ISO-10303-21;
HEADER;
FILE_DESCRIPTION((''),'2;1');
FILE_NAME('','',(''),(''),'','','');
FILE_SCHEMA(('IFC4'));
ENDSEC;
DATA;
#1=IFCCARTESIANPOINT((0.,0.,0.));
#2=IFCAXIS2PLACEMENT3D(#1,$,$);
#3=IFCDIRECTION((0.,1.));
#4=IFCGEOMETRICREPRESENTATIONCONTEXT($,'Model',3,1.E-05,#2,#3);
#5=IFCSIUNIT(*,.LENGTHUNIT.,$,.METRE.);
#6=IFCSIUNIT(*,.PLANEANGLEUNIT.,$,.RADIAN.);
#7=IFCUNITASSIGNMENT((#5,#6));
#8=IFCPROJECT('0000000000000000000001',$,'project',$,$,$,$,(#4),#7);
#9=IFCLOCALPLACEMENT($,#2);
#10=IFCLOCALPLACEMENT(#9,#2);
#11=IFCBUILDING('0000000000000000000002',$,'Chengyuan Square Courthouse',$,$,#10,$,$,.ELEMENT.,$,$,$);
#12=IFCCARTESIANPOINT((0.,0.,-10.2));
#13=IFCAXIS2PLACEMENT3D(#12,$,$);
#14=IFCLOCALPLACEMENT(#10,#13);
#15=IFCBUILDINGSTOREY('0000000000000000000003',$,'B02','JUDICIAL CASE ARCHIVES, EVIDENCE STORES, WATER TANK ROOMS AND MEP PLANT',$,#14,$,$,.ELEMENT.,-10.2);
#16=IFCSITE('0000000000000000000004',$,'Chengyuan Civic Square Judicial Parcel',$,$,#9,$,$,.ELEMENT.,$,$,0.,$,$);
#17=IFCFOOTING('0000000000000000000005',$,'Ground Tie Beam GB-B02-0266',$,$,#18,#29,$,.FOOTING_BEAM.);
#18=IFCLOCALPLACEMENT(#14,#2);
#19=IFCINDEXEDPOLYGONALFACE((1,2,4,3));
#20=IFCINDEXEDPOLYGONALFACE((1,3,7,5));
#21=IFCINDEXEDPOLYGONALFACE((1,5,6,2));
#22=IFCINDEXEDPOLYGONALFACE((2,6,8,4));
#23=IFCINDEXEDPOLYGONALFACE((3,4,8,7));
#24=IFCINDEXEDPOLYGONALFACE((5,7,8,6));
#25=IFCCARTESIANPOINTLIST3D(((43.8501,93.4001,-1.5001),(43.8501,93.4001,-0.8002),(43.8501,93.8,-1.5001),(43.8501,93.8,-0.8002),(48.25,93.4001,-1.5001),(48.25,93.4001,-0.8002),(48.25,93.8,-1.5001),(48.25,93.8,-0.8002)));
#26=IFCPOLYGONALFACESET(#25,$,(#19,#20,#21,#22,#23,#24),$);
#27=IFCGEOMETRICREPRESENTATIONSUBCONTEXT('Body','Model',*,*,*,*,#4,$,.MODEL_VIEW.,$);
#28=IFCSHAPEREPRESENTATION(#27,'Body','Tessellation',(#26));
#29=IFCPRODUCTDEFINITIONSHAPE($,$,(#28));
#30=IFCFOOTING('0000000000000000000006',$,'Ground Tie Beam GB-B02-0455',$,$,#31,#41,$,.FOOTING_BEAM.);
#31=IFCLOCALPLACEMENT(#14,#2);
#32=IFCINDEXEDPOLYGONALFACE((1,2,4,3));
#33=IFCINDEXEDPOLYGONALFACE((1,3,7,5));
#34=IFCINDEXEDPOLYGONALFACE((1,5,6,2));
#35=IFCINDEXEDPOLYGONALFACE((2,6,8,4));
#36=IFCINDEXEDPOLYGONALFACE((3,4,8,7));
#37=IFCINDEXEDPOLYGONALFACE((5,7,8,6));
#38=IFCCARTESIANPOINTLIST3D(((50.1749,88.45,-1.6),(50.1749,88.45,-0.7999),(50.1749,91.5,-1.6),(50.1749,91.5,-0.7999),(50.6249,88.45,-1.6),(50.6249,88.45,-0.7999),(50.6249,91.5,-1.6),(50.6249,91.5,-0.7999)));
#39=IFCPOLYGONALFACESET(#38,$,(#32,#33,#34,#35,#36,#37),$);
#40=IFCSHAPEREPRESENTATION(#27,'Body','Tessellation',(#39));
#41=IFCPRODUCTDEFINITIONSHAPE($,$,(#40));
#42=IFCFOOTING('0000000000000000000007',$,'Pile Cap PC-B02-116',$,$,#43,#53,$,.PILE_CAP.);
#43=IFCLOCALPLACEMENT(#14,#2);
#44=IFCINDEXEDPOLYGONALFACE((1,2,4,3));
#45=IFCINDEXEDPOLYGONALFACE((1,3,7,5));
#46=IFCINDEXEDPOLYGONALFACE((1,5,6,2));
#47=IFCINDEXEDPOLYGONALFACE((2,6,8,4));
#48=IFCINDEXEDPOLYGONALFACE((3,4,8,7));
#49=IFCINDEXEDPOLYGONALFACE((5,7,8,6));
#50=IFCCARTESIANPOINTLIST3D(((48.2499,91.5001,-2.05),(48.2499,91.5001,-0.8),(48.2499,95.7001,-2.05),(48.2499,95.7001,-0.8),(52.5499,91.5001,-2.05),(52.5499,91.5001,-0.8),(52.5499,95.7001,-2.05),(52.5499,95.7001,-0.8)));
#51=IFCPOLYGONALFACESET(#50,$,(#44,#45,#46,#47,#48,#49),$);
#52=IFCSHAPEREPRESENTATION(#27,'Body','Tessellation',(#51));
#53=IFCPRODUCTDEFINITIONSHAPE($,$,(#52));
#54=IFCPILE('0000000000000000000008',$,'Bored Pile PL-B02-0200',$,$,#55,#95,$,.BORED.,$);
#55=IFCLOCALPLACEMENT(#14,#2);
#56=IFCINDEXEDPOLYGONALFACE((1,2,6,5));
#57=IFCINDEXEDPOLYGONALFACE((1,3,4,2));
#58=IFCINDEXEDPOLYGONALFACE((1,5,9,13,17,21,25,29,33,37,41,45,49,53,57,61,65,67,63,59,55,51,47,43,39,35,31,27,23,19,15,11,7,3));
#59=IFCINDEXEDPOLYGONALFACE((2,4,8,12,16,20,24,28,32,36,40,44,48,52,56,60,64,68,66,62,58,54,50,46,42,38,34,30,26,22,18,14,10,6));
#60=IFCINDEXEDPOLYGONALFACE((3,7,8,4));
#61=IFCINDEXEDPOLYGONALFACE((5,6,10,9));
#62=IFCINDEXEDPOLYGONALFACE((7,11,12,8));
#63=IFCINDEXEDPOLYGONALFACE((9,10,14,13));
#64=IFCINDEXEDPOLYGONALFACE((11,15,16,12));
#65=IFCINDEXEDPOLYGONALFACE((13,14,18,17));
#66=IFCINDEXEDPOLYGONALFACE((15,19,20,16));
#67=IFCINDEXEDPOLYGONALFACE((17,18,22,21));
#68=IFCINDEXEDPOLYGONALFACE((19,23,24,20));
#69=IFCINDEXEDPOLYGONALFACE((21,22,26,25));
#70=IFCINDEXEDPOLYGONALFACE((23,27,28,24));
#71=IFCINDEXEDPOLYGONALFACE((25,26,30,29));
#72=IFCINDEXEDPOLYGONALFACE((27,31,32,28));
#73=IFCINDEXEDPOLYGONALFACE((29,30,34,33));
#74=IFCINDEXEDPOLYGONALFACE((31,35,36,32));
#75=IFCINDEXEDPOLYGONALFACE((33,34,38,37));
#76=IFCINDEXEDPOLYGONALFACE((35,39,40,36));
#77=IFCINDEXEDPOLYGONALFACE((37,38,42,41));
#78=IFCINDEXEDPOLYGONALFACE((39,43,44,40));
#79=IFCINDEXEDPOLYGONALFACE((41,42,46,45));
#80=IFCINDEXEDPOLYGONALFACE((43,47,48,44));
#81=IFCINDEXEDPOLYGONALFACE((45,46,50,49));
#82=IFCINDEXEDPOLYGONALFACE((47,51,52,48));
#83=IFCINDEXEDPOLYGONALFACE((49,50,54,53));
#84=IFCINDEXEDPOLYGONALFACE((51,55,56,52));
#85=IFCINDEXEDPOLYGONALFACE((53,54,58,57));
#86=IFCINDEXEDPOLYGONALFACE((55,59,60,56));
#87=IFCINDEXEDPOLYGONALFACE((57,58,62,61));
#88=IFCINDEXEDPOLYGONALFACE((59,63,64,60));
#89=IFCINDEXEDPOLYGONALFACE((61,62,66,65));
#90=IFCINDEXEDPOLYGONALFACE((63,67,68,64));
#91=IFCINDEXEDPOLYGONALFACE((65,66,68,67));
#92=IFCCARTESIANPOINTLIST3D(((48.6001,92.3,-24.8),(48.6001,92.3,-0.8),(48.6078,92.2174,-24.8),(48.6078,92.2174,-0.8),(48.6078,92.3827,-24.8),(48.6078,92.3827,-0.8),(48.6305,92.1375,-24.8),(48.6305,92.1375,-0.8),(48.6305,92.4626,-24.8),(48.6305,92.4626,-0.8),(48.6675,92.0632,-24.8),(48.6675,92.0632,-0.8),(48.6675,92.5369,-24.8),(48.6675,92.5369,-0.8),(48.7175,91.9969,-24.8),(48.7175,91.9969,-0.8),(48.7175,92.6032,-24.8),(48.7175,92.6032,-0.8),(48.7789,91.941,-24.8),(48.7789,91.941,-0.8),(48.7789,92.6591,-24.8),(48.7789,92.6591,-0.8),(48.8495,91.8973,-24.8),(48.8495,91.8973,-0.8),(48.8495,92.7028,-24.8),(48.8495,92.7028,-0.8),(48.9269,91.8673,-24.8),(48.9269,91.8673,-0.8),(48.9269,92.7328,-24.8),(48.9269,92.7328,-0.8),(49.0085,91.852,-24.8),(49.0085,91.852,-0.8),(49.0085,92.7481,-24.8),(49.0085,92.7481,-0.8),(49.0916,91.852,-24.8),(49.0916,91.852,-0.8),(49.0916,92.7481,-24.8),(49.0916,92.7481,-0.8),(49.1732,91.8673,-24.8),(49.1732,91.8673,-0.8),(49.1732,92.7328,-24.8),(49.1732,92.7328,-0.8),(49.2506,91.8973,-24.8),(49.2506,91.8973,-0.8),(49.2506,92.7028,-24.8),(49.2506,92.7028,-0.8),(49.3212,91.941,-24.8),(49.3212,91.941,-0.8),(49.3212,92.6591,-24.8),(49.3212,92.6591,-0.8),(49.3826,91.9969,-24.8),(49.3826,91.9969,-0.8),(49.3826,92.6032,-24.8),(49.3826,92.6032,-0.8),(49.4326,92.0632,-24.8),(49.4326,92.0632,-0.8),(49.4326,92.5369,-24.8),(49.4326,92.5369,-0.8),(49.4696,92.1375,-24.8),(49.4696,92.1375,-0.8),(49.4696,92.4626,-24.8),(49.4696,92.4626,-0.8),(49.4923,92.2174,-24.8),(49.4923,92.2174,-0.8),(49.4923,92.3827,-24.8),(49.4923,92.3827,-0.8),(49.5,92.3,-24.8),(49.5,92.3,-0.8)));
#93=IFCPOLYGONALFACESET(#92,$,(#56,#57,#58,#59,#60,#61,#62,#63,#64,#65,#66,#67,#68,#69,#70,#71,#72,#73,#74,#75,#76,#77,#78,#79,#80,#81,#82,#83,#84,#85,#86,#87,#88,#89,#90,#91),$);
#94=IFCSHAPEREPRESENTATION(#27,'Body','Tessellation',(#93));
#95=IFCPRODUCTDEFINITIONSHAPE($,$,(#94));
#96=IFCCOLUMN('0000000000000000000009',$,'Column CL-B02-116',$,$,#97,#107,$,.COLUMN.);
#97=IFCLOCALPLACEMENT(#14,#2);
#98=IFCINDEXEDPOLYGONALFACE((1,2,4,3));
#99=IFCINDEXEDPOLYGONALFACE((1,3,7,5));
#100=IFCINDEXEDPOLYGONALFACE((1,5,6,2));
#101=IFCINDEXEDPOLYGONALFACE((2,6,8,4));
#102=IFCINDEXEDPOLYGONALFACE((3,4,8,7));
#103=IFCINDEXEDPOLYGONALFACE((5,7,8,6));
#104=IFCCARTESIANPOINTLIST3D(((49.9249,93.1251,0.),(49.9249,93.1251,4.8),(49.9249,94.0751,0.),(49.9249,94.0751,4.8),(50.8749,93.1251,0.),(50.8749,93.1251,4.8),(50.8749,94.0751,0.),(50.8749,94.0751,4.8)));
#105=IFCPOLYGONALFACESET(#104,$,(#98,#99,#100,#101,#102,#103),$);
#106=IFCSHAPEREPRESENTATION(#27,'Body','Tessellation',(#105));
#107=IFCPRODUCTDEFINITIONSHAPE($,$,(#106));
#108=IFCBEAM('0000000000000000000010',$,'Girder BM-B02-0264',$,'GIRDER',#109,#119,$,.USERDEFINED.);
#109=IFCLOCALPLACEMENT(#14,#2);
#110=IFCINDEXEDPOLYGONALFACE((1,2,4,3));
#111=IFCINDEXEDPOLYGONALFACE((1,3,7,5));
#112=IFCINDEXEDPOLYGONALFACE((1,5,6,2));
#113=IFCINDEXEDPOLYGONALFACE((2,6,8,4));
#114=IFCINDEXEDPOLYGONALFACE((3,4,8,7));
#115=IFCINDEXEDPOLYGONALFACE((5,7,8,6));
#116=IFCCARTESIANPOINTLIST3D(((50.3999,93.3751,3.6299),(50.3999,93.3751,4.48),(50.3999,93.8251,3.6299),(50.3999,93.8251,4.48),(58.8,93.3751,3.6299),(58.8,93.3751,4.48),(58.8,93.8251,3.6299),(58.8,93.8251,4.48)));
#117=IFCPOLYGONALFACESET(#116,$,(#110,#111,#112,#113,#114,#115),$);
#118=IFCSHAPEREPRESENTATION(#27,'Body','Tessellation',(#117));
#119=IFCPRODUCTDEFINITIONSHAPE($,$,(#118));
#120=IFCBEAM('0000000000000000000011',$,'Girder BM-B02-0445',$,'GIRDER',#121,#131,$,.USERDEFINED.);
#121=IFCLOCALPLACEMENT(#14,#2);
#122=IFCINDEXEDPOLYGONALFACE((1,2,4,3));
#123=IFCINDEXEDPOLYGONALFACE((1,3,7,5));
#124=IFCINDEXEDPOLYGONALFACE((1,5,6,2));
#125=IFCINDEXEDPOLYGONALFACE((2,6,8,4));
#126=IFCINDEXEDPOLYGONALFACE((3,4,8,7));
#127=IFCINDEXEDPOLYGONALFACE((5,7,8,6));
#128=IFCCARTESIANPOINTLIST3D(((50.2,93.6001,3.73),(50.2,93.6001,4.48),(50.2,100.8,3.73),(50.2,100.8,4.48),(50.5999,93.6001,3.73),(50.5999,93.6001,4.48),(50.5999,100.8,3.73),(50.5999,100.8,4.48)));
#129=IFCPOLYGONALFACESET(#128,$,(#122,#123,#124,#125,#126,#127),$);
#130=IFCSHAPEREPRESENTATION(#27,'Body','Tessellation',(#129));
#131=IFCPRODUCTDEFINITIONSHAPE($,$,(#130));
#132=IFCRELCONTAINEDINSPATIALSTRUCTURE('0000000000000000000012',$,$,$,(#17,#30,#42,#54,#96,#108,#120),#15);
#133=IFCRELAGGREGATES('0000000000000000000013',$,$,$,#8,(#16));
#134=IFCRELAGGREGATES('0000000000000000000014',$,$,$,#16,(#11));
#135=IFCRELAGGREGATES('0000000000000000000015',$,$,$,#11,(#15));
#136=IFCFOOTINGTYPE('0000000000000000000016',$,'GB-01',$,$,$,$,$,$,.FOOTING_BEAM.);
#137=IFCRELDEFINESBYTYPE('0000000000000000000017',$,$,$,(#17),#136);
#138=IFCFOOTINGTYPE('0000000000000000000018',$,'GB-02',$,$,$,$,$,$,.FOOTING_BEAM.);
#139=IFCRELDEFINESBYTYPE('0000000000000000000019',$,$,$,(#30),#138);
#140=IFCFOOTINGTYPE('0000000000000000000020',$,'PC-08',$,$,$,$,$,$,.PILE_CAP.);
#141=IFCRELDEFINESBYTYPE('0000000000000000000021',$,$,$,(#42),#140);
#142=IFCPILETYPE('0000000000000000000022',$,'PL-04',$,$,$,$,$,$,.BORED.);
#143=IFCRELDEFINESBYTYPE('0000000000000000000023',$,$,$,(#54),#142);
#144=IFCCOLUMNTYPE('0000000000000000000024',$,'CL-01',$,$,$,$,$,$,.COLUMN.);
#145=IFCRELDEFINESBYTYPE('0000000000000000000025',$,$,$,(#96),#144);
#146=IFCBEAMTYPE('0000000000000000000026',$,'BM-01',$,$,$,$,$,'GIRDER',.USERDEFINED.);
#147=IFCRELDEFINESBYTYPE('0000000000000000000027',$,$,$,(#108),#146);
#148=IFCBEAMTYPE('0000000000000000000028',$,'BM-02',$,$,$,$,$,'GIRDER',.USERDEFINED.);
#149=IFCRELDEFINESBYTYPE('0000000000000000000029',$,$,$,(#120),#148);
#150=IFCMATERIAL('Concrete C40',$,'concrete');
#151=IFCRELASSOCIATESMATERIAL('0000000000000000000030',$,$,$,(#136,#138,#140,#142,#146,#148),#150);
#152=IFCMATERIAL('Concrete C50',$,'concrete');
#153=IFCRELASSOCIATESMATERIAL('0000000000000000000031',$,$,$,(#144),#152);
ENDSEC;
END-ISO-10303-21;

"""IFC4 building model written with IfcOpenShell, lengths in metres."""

from ifc_helpers import new_model, si_unit, direction, frame, origin, origin_2d, place, context, subcontext, project, spatial, rectangle, circle, extrude, material, material_profile, profile_set, type_object, element, save


model = new_model("IFC4")

# Units and contexts
model_context = context("Model", 3, precision=1e-05, world=origin(), true_north=direction((0.0, 1.0)))
body_context = subcontext(model_context, "Body", "Model", "MODEL_VIEW")
ifc_project = project(units=[si_unit("LENGTHUNIT", "METRE"), si_unit("PLANEANGLEUNIT", "RADIAN")], contexts=[model_context])

# Site, building, storey
site_placement = place(None, origin())
site = spatial("IfcSite", under=ifc_project, at=site_placement, Name="Chengyuan Civic Square Judicial Parcel", CompositionType="ELEMENT", RefElevation=0.0)
building_placement = place(site_placement, origin())
building = spatial("IfcBuilding", under=site, at=building_placement, Name="Chengyuan Square Courthouse", CompositionType="ELEMENT")
storey_placement = place(building_placement, frame((0.0, 0.0, -10.2)))
storey = spatial("IfcBuildingStorey", under=building, at=storey_placement, Name="B02", Description="JUDICIAL CASE ARCHIVES, EVIDENCE STORES, WATER TANK ROOMS AND MEP PLANT", CompositionType="ELEMENT", Elevation=-10.2)

# Footings
ifc_material_1 = material(Name="Concrete C40", Category="concrete")
ifc_material_profile_1 = material_profile(ifc_material_1, rectangle(XDim=0.3999, YDim=0.7, at=origin_2d()), Name="GB-400x700")
ifc_profile_set_1 = profile_set([ifc_material_profile_1], Name="Concrete C40")
footing_type_1 = type_object("IfcFootingType", Name="GB-01", PredefinedType="FOOTING_BEAM", material=ifc_profile_set_1)
footing_1_placement = place(storey_placement, frame((43.8501, 93.6001, -1.1501), z_axis=(1.0, 0.0, 0.0), x_axis=(0.0, 1.0, 0.0)))
element("IfcFooting", 1, at=footing_1_placement, inside=storey, type_object=footing_type_1, Name="Ground Tie Beam GB-B02-0266", PredefinedType="FOOTING_BEAM", context=body_context, shape_type="SweptSolid", body=[
    extrude(rectangle(XDim=0.3999, YDim=0.7, at=origin_2d()), origin(), (0.0, 0.0, 1.0), 4.3999),
])
ifc_material_profile_2 = material_profile(ifc_material_1, rectangle(XDim=0.45, YDim=0.8, at=origin_2d()), Name="GB-450x800")
ifc_profile_set_2 = profile_set([ifc_material_profile_2], Name="Concrete C40")
footing_type_2 = type_object("IfcFootingType", Name="GB-02", PredefinedType="FOOTING_BEAM", material=ifc_profile_set_2)
footing_2_placement = place(storey_placement, frame((50.3999, 88.45, -1.2), z_axis=(0.0, 1.0, 0.0), x_axis=(-1.0, 0.0, 0.0)))
element("IfcFooting", 2, at=footing_2_placement, inside=storey, type_object=footing_type_2, Name="Ground Tie Beam GB-B02-0455", PredefinedType="FOOTING_BEAM", context=body_context, shape_type="SweptSolid", body=[
    extrude(rectangle(XDim=0.45, YDim=0.8, at=origin_2d()), origin(), (0.0, 0.0, 1.0), 3.05),
])
footing_type_3 = type_object("IfcFootingType", Name="PC-08", PredefinedType="PILE_CAP", material=ifc_material_1)
footing_3_placement = place(storey_placement, frame((50.3999, 93.6001, -2.05), z_axis=(0.0, 0.0, 1.0), x_axis=(1.0, 0.0, 0.0)))
element("IfcFooting", 3, at=footing_3_placement, inside=storey, type_object=footing_type_3, Name="Pile Cap PC-B02-116", PredefinedType="PILE_CAP", context=body_context, shape_type="SweptSolid", body=[
    extrude(rectangle(XDim=4.3, YDim=4.2, at=origin_2d()), origin(), (0.0, 0.0, 1.0), 1.25),
])

# Pile
ifc_material_profile_3 = material_profile(ifc_material_1, circle(Radius=0.45, at=origin_2d()), Name="BORED PILE D900")
ifc_profile_set_3 = profile_set([ifc_material_profile_3], Name="Concrete C40")
pile_type = type_object("IfcPileType", Name="PL-04", PredefinedType="BORED", material=ifc_profile_set_3)
pile_placement = place(storey_placement, frame((49.05, 92.3, -0.8), z_axis=(0.0, 0.0, -1.0), x_axis=(1.0, 0.0, 0.0)))
element("IfcPile", 4, at=pile_placement, inside=storey, type_object=pile_type, Name="Bored Pile PL-B02-0200", PredefinedType="BORED", context=body_context, shape_type="SweptSolid", body=[
    extrude(circle(Radius=0.45, at=origin_2d()), origin(), (0.0, 0.0, 1.0), 24.0),
])

# Column
ifc_material_2 = material(Name="Concrete C50", Category="concrete")
ifc_material_profile_4 = material_profile(ifc_material_2, rectangle(XDim=0.95, YDim=0.95, at=origin_2d()), Name="RC-COL-950x950")
ifc_profile_set_4 = profile_set([ifc_material_profile_4], Name="Concrete C50")
column_type = type_object("IfcColumnType", Name="CL-01", PredefinedType="COLUMN", material=ifc_profile_set_4)
column_placement = place(storey_placement, frame((50.3999, 93.6001, 0.0), z_axis=(0.0, 0.0, 1.0), x_axis=(1.0, 0.0, 0.0)))
element("IfcColumn", 5, at=column_placement, inside=storey, type_object=column_type, Name="Column CL-B02-116", PredefinedType="COLUMN", context=body_context, shape_type="SweptSolid", body=[
    extrude(rectangle(XDim=0.95, YDim=0.95, at=origin_2d()), origin(), (0.0, 0.0, 1.0), 4.8),
])

# Beams
ifc_material_profile_5 = material_profile(ifc_material_1, rectangle(XDim=0.45, YDim=0.8501, at=origin_2d()), Name="RC-BM-450x850")
ifc_profile_set_5 = profile_set([ifc_material_profile_5], Name="Concrete C40")
beam_type_1 = type_object("IfcBeamType", Name="BM-01", ElementType="GIRDER", PredefinedType="USERDEFINED", material=ifc_profile_set_5)
beam_1_placement = place(storey_placement, frame((50.3999, 93.6001, 4.0549), z_axis=(1.0, 0.0, 0.0), x_axis=(0.0, 1.0, 0.0)))
element("IfcBeam", 6, at=beam_1_placement, inside=storey, type_object=beam_type_1, Name="Girder BM-B02-0264", ObjectType="GIRDER", PredefinedType="USERDEFINED", context=body_context, shape_type="SweptSolid", body=[
    extrude(rectangle(XDim=0.45, YDim=0.8501, at=origin_2d()), origin(), (0.0, 0.0, 1.0), 8.4001),
])
ifc_material_profile_6 = material_profile(ifc_material_1, rectangle(XDim=0.3999, YDim=0.75, at=origin_2d()), Name="RC-BM-400x750")
ifc_profile_set_6 = profile_set([ifc_material_profile_6], Name="Concrete C40")
beam_type_2 = type_object("IfcBeamType", Name="BM-02", ElementType="GIRDER", PredefinedType="USERDEFINED", material=ifc_profile_set_6)
beam_2_placement = place(storey_placement, frame((50.3999, 93.6001, 4.105), z_axis=(0.0, 1.0, 0.0), x_axis=(-1.0, 0.0, 0.0)))
element("IfcBeam", 7, at=beam_2_placement, inside=storey, type_object=beam_type_2, Name="Girder BM-B02-0445", ObjectType="GIRDER", PredefinedType="USERDEFINED", context=body_context, shape_type="SweptSolid", body=[
    extrude(rectangle(XDim=0.3999, YDim=0.75, at=origin_2d()), origin(), (0.0, 0.0, 1.0), 7.2),
])

save(model, "model.ifc")
